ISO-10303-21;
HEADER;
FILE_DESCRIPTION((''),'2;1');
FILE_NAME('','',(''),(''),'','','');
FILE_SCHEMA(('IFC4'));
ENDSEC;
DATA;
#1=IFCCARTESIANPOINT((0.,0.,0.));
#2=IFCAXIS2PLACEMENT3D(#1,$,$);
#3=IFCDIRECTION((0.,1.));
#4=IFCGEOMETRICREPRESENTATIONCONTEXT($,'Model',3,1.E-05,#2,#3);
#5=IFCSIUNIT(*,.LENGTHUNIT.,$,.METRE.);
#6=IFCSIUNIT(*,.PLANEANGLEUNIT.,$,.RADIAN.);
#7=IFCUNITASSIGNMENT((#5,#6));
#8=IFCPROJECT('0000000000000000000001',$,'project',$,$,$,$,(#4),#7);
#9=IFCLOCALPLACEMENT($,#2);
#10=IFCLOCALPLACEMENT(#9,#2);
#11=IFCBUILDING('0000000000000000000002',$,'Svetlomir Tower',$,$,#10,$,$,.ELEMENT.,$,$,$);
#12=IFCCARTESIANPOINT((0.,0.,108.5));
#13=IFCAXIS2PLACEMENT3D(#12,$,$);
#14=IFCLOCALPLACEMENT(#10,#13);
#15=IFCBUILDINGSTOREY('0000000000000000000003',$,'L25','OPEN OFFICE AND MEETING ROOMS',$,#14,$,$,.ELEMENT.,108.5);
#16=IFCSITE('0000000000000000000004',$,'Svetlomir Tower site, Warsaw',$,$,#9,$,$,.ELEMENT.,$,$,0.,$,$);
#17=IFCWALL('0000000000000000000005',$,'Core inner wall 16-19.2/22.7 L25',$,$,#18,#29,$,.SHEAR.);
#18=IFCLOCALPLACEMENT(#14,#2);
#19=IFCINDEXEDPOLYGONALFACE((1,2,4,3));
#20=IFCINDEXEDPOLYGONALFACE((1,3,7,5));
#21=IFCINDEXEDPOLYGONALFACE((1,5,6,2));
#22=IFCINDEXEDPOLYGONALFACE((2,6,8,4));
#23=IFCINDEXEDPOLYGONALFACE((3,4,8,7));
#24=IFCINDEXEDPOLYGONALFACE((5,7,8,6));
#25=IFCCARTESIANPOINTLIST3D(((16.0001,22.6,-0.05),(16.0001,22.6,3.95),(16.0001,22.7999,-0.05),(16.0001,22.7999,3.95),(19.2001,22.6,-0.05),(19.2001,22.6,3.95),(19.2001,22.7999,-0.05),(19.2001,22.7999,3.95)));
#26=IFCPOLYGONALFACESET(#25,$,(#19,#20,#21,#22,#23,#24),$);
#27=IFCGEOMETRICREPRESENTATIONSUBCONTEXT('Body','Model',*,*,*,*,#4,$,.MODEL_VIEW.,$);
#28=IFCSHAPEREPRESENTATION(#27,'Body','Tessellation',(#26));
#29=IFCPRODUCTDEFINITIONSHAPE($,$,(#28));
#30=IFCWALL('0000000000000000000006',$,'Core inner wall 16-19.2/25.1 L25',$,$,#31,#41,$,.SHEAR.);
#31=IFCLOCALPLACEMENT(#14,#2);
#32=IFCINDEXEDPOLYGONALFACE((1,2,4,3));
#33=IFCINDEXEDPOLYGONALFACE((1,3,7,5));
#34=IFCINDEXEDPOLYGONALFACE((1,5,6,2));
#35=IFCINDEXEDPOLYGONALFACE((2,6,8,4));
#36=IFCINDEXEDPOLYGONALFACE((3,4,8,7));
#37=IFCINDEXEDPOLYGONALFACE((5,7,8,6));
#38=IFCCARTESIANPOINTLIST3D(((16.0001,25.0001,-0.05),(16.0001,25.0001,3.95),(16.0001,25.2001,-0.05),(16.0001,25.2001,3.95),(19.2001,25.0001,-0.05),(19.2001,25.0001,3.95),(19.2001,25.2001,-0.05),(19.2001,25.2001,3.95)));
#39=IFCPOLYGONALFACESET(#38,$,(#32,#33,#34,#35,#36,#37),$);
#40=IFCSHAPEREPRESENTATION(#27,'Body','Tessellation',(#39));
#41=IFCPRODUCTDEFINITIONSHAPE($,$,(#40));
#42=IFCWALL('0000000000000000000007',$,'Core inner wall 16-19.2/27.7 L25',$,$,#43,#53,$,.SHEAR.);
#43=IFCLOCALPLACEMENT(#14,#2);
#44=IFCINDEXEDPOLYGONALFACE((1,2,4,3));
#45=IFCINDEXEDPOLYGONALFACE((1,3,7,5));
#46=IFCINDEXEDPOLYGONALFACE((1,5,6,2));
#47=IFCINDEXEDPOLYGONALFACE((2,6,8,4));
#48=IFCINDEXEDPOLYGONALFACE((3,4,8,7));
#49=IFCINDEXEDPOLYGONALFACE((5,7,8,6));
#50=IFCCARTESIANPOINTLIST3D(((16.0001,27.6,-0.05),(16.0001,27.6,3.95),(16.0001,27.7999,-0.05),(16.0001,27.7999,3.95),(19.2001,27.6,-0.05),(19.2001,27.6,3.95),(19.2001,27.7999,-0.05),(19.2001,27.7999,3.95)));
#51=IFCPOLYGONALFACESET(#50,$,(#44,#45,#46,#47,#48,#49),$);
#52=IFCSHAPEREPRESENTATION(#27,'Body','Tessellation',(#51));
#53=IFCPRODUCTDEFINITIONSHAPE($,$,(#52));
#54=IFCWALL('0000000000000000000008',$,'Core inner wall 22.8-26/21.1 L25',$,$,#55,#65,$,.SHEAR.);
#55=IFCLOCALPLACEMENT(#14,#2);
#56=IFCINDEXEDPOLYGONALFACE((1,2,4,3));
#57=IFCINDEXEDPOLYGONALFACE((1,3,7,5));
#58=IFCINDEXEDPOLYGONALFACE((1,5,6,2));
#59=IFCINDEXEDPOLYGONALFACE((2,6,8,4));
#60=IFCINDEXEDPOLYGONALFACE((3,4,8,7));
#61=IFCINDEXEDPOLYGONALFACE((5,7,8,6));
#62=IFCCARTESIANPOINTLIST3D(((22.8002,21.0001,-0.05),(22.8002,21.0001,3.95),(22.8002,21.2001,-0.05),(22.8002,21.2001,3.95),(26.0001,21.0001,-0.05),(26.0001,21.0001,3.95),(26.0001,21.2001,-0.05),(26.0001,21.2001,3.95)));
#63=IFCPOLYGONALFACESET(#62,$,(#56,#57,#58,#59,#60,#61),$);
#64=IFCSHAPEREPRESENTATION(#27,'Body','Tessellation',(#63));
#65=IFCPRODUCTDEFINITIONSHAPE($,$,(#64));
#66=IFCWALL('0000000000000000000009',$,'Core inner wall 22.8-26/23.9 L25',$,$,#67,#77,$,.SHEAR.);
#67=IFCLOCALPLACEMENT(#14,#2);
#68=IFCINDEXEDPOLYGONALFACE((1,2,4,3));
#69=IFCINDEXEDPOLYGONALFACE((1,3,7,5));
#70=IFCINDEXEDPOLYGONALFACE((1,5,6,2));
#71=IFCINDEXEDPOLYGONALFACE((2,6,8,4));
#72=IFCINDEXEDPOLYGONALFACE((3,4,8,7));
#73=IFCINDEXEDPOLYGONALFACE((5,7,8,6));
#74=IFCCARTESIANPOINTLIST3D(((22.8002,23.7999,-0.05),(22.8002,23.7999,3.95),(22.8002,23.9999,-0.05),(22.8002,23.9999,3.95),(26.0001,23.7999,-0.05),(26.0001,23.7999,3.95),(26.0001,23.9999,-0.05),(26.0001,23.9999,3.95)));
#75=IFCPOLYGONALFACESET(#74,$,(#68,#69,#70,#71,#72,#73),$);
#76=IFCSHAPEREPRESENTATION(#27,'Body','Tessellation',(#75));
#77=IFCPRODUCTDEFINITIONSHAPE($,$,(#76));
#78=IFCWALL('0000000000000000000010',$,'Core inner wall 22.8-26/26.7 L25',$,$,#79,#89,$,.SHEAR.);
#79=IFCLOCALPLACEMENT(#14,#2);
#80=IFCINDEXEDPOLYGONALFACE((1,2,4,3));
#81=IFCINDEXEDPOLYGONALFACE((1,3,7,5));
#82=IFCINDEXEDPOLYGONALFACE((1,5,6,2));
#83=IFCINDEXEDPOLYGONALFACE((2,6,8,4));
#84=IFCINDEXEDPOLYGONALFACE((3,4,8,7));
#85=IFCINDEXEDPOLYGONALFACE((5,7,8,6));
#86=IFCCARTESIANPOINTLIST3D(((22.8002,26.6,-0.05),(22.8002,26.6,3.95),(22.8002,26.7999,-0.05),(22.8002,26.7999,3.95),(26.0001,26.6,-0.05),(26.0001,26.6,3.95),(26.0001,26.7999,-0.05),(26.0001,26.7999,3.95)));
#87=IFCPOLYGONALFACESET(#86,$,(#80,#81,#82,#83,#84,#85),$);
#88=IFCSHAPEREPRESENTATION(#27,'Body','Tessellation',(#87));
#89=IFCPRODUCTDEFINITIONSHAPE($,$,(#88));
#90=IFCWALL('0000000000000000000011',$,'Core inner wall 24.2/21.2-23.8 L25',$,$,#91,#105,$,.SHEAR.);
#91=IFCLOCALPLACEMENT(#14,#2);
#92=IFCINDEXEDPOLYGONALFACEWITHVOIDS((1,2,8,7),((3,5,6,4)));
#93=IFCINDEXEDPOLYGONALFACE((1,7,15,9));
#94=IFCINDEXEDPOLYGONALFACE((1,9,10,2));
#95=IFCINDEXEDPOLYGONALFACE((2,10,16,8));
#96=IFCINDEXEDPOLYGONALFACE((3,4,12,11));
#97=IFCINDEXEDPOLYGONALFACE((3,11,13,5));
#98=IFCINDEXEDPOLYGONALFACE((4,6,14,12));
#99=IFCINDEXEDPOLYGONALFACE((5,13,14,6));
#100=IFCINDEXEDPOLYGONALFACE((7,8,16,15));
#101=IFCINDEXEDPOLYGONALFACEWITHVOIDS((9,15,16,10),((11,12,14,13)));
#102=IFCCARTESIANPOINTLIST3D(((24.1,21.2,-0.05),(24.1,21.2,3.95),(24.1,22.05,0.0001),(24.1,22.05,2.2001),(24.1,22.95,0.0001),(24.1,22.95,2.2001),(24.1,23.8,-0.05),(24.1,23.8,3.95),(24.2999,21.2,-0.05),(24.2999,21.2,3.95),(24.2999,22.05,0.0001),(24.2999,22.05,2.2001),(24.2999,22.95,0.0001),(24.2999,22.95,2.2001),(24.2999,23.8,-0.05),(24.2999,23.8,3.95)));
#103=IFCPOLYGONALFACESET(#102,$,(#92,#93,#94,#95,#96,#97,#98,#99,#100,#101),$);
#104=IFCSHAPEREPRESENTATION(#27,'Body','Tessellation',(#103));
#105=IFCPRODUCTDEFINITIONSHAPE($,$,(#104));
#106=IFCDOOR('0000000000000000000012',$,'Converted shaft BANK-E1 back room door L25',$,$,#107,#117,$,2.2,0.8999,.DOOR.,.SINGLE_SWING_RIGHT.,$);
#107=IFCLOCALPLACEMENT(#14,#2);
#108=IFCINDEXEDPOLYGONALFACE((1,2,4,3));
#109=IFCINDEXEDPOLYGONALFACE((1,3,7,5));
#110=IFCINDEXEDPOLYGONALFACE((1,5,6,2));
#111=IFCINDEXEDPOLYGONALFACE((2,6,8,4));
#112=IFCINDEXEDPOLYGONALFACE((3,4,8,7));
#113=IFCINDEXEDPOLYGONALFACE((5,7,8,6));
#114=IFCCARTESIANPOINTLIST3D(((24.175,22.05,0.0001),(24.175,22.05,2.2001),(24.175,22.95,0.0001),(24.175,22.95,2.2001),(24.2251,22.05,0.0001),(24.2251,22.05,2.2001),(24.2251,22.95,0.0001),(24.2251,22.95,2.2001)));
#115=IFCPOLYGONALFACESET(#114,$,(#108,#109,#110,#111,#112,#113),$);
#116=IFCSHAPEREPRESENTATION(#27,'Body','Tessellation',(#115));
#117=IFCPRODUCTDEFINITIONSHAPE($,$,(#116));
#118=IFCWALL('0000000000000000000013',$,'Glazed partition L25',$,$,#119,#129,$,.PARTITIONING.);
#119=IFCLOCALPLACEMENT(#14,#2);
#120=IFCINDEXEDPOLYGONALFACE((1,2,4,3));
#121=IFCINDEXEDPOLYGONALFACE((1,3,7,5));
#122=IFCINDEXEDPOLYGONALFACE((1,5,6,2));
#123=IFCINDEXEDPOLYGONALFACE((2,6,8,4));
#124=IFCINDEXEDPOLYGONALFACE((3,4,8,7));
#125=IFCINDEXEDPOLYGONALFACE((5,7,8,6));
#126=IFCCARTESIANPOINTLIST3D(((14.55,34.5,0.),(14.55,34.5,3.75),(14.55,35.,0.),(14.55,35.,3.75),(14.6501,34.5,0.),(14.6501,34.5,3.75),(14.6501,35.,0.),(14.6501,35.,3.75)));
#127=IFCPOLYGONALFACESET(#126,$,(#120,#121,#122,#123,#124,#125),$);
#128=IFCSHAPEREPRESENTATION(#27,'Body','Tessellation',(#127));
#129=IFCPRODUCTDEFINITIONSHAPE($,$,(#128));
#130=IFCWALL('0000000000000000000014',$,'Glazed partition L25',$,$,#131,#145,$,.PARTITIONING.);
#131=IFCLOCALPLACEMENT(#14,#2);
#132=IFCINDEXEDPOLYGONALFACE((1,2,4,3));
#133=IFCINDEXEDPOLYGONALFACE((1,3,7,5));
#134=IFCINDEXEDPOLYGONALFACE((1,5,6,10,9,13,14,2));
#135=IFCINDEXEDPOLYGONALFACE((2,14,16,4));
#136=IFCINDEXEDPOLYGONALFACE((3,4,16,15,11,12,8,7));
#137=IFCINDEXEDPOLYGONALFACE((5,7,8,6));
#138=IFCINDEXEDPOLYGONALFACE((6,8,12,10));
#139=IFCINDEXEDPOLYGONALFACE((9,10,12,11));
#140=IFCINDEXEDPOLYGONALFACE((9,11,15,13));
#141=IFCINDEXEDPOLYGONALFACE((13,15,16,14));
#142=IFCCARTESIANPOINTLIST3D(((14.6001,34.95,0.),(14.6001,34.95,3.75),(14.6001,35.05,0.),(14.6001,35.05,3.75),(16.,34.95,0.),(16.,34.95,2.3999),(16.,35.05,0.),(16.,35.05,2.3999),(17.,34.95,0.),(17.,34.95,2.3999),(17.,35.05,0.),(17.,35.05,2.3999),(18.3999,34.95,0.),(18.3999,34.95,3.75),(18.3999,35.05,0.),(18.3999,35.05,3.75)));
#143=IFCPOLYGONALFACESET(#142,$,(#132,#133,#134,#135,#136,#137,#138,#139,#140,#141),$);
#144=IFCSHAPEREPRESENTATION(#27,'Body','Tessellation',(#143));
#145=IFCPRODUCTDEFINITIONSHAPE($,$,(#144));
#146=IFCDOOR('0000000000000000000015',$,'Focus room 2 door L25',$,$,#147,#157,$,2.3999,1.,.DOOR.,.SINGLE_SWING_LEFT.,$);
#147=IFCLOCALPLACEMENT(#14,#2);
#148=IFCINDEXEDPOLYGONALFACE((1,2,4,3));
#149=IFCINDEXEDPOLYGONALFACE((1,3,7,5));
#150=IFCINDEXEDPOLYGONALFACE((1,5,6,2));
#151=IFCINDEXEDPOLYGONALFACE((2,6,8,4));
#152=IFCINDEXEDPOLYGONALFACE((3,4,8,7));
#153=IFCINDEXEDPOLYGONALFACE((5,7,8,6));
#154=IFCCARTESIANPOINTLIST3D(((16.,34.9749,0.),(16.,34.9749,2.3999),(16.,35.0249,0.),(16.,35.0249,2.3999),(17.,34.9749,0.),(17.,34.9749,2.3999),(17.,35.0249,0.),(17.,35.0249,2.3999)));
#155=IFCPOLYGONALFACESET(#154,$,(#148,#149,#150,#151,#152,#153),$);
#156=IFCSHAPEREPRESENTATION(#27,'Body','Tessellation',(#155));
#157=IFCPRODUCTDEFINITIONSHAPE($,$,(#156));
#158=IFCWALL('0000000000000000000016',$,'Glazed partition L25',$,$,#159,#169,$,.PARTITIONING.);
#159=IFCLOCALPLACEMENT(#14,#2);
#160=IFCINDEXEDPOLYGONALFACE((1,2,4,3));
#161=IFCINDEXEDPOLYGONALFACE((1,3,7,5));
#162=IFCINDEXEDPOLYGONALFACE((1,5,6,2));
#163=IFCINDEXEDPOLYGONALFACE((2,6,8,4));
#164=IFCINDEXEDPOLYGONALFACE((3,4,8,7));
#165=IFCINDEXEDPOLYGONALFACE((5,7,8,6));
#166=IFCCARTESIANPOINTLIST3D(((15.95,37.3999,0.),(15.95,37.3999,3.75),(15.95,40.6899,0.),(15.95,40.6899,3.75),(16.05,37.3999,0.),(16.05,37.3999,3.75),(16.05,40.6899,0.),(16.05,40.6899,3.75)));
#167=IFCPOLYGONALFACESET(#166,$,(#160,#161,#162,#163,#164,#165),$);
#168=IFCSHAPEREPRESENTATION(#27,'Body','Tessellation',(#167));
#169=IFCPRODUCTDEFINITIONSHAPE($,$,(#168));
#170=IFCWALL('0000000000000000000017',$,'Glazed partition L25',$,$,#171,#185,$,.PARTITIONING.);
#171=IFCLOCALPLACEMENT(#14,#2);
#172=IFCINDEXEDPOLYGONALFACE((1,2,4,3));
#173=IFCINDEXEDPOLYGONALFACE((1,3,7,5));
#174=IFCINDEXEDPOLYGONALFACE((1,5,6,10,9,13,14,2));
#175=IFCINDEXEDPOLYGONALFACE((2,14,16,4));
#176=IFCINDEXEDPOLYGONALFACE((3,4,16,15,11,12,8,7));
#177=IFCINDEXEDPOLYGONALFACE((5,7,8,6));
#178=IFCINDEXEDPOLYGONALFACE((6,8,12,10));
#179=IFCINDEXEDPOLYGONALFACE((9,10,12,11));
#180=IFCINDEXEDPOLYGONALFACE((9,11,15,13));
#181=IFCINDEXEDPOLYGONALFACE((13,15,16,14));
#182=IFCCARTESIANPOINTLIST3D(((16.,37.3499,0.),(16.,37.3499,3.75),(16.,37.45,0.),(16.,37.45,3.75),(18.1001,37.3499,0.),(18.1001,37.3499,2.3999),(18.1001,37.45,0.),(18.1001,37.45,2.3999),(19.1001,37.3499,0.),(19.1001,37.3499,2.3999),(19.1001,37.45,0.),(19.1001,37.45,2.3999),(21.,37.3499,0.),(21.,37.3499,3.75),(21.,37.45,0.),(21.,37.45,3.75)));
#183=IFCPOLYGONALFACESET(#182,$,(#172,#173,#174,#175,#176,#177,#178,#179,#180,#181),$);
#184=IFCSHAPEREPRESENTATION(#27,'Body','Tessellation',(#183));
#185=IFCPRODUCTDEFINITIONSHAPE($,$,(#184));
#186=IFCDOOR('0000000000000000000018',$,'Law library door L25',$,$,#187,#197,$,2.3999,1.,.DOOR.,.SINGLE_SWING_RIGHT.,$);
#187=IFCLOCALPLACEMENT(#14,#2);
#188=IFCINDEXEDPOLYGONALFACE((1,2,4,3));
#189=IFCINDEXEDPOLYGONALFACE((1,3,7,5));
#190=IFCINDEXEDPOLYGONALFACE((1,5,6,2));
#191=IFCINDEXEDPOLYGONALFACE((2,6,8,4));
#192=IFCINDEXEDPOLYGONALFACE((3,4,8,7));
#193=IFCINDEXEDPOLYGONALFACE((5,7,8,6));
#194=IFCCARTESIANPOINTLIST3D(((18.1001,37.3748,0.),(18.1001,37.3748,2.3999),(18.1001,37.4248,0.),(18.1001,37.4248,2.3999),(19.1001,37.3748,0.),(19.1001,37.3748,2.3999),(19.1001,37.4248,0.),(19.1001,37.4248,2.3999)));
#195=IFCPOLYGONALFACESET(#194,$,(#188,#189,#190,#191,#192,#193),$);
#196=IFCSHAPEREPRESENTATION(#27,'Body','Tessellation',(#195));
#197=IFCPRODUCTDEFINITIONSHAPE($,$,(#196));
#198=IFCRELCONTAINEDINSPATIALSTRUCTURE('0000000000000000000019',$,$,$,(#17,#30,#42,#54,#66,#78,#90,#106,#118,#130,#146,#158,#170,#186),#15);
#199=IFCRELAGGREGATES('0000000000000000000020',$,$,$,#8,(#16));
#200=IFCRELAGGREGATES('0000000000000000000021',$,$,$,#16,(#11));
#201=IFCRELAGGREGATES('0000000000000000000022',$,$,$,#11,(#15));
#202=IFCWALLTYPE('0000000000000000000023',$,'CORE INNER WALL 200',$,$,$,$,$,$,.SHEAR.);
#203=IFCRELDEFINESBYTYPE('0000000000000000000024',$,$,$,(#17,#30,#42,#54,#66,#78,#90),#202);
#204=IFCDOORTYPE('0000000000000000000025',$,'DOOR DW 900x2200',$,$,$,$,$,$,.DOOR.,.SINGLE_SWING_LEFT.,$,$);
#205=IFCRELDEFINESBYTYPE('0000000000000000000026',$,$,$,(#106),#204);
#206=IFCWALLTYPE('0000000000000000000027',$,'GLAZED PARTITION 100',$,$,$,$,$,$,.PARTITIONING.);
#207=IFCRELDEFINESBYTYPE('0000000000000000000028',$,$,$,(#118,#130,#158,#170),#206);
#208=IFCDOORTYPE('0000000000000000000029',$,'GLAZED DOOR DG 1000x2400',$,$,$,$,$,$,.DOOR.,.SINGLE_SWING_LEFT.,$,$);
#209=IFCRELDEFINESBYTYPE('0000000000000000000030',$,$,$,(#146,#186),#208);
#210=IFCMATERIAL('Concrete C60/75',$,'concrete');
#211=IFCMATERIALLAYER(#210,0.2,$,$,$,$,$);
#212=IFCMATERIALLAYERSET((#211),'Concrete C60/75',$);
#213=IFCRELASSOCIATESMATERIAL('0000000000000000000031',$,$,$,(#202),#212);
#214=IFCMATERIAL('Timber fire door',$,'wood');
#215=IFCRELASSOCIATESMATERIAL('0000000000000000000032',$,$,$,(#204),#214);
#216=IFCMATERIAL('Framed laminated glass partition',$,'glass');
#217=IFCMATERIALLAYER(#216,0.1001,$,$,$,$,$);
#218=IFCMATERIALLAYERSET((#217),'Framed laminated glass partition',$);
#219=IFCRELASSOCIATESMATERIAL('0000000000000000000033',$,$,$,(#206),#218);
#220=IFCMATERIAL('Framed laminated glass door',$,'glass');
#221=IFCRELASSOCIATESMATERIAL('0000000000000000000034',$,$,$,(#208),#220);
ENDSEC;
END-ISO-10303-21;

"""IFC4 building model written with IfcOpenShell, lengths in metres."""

from ifc_helpers import new_model, si_unit, direction, frame, frame_2d, origin, place, context, subcontext, project, spatial, rectangle, extrude, material, layer, layer_set, type_object, element, fill, save


model = new_model("IFC4")

# Units and contexts
model_context = context("Model", 3, precision=1e-05, world=origin(), true_north=direction((0.0, 1.0)))
body_context = subcontext(model_context, "Body", "Model", "MODEL_VIEW")
ifc_project = project(units=[si_unit("LENGTHUNIT", "METRE"), si_unit("PLANEANGLEUNIT", "RADIAN")], contexts=[model_context])

# Site, building, storey
site_placement = place(None, origin())
site = spatial("IfcSite", under=ifc_project, at=site_placement, Name="Svetlomir Tower site, Warsaw", CompositionType="ELEMENT", RefElevation=0.0)
building_placement = place(site_placement, origin())
building = spatial("IfcBuilding", under=site, at=building_placement, Name="Svetlomir Tower", CompositionType="ELEMENT")
storey_placement = place(building_placement, frame((0.0, 0.0, 108.5)))
storey = spatial("IfcBuildingStorey", under=building, at=storey_placement, Name="L25", Description="OPEN OFFICE AND MEETING ROOMS", CompositionType="ELEMENT", Elevation=108.5)

# Walls
ifc_material_1 = material(Name="Concrete C60/75", Category="concrete")
ifc_layer_1 = layer(ifc_material_1, 0.2)
ifc_layer_set_1 = layer_set([ifc_layer_1], Name="Concrete C60/75")
wall_type_1 = type_object("IfcWallType", Name="CORE INNER WALL 200", PredefinedType="SHEAR", material=ifc_layer_set_1)
for number, where, z_axis, x_axis, name in (
    (1, (16.0, 22.7, -0.05), (0.0, 0.0, 1.0), (1.0, 0.0, 0.0), "Core inner wall 16-19.2/22.7 L25"),
    (2, (16.0, 25.1001, -0.05), (0.0, 0.0, 1.0), (1.0, 0.0, 0.0), "Core inner wall 16-19.2/25.1 L25"),
    (3, (16.0, 27.7, -0.05), (0.0, 0.0, 1.0), (1.0, 0.0, 0.0), "Core inner wall 16-19.2/27.7 L25"),
    (4, (22.8, 21.1001, -0.05), (0.0, 0.0, 1.0), (1.0, 0.0, 0.0), "Core inner wall 22.8-26/21.1 L25"),
    (5, (22.8, 23.8999, -0.05), (0.0, 0.0, 1.0), (1.0, 0.0, 0.0), "Core inner wall 22.8-26/23.9 L25"),
    (6, (22.8, 26.7, -0.05), (0.0, 0.0, 1.0), (1.0, 0.0, 0.0), "Core inner wall 22.8-26/26.7 L25"),
):
    element("IfcWall", number, at=place(storey_placement, frame(where, z_axis=z_axis, x_axis=x_axis)), inside=storey, type_object=wall_type_1, Name=name, PredefinedType="SHEAR", context=body_context, shape_type="SweptSolid", body=[
        extrude(rectangle(XDim=3.2, YDim=0.2, at=frame_2d((1.6001, 0.0))), origin(), (0.0, 0.0, 1.0), 4.0),
    ])

# Wall, opening, door
wall_1_placement = place(storey_placement, frame((24.2, 21.2, -0.05), z_axis=(0.0, 0.0, 1.0), x_axis=(0.0, 1.0, 0.0)))
wall_1 = element("IfcWall", 7, at=wall_1_placement, inside=storey, type_object=wall_type_1, Name="Core inner wall 24.2/21.2-23.8 L25", PredefinedType="SHEAR", context=body_context, shape_type="SweptSolid", body=[
    extrude(rectangle(XDim=2.6001, YDim=0.2, at=frame_2d((1.3, 0.0))), origin(), (0.0, 0.0, 1.0), 4.0),
])
opening_1_placement = place(wall_1_placement, frame((0.8501, 0.0, 0.05)))
opening_1 = element("IfcOpeningElement", 8, at=opening_1_placement, cuts=wall_1, PredefinedType="OPENING", context=body_context, shape_type="SweptSolid", body=[
    extrude(rectangle(XDim=0.8999, YDim=2.2, at=frame_2d((0.45, 1.1001))), frame((0.0, 0.1099, 0.0), z_axis=(0.0, -1.0, 0.0), x_axis=(1.0, 0.0, 0.0)), (0.0, 0.0, 1.0), 0.22),
])
ifc_material_2 = material(Name="Timber fire door", Category="wood")
door_type_1 = type_object("IfcDoorType", Name="DOOR DW 900x2200", OperationType="SINGLE_SWING_LEFT", PredefinedType="DOOR", material=ifc_material_2)
door_1_placement = place(opening_1_placement, origin())
door_1 = element("IfcDoor", 9, at=door_1_placement, inside=storey, type_object=door_type_1, Name="Converted shaft BANK-E1 back room door L25", OperationType="SINGLE_SWING_RIGHT", OverallHeight=2.2, OverallWidth=0.8999, PredefinedType="DOOR", context=body_context, shape_type="SweptSolid", body=[
    extrude(rectangle(XDim=0.8999, YDim=2.2, at=frame_2d((0.45, 1.1001))), frame((0.0, 0.0249, 0.0), z_axis=(0.0, -1.0, 0.0), x_axis=(1.0, 0.0, 0.0)), (0.0, 0.0, 1.0), 0.05),
])
fill(opening_1, door_1)

# Wall
ifc_material_3 = material(Name="Framed laminated glass partition", Category="glass")
ifc_layer_2 = layer(ifc_material_3, 0.1001)
ifc_layer_set_2 = layer_set([ifc_layer_2], Name="Framed laminated glass partition")
wall_type_2 = type_object("IfcWallType", Name="GLAZED PARTITION 100", PredefinedType="PARTITIONING", material=ifc_layer_set_2)
wall_2_placement = place(storey_placement, frame((14.6001, 34.5, 0.0), z_axis=(0.0, 0.0, 1.0), x_axis=(0.0, 1.0, 0.0)))
element("IfcWall", 10, at=wall_2_placement, inside=storey, type_object=wall_type_2, Name="Glazed partition L25", PredefinedType="PARTITIONING", context=body_context, shape_type="SweptSolid", body=[
    extrude(rectangle(XDim=0.5, YDim=0.1001, at=frame_2d((0.25, 0.0))), origin(), (0.0, 0.0, 1.0), 3.75),
])

# Wall, opening, door
wall_3_placement = place(storey_placement, frame((14.6001, 35.0, 0.0), z_axis=(0.0, 0.0, 1.0), x_axis=(1.0, 0.0, 0.0)))
wall_3 = element("IfcWall", 11, at=wall_3_placement, inside=storey, type_object=wall_type_2, Name="Glazed partition L25", PredefinedType="PARTITIONING", context=body_context, shape_type="SweptSolid", body=[
    extrude(rectangle(XDim=3.7998, YDim=0.1001, at=frame_2d((1.8999, 0.0))), origin(), (0.0, 0.0, 1.0), 3.75),
])
opening_2_placement = place(wall_3_placement, frame((1.3999, 0.0, 0.0)))
opening_2 = element("IfcOpeningElement", 12, at=opening_2_placement, cuts=wall_3, PredefinedType="OPENING", context=body_context, shape_type="SweptSolid", body=[
    extrude(rectangle(XDim=1.0, YDim=2.3999, at=frame_2d((0.5, 1.2))), frame((0.0, 0.0601, 0.0), z_axis=(0.0, -1.0, 0.0), x_axis=(1.0, 0.0, 0.0)), (0.0, 0.0, 1.0), 0.1201),
])
ifc_material_4 = material(Name="Framed laminated glass door", Category="glass")
door_type_2 = type_object("IfcDoorType", Name="GLAZED DOOR DG 1000x2400", OperationType="SINGLE_SWING_LEFT", PredefinedType="DOOR", material=ifc_material_4)
door_2_placement = place(opening_2_placement, origin())
door_2 = element("IfcDoor", 13, at=door_2_placement, inside=storey, type_object=door_type_2, Name="Focus room 2 door L25", OperationType="SINGLE_SWING_LEFT", OverallHeight=2.3999, OverallWidth=1.0, PredefinedType="DOOR", context=body_context, shape_type="SweptSolid", body=[
    extrude(rectangle(XDim=1.0, YDim=2.3999, at=frame_2d((0.5, 1.2))), frame((0.0, 0.0249, 0.0), z_axis=(0.0, -1.0, 0.0), x_axis=(1.0, 0.0, 0.0)), (0.0, 0.0, 1.0), 0.05),
])
fill(opening_2, door_2)

# Wall
wall_4_placement = place(storey_placement, frame((16.0, 37.3999, 0.0), z_axis=(0.0, 0.0, 1.0), x_axis=(0.0, 1.0, 0.0)))
element("IfcWall", 14, at=wall_4_placement, inside=storey, type_object=wall_type_2, Name="Glazed partition L25", PredefinedType="PARTITIONING", context=body_context, shape_type="SweptSolid", body=[
    extrude(rectangle(XDim=3.29, YDim=0.1001, at=frame_2d((1.645, 0.0))), origin(), (0.0, 0.0, 1.0), 3.75),
])

# Wall, opening, door
wall_5_placement = place(storey_placement, frame((16.0, 37.3999, 0.0), z_axis=(0.0, 0.0, 1.0), x_axis=(1.0, 0.0, 0.0)))
wall_5 = element("IfcWall", 15, at=wall_5_placement, inside=storey, type_object=wall_type_2, Name="Glazed partition L25", PredefinedType="PARTITIONING", context=body_context, shape_type="SweptSolid", body=[
    extrude(rectangle(XDim=5.0, YDim=0.1001, at=frame_2d((2.5, 0.0))), origin(), (0.0, 0.0, 1.0), 3.75),
])
opening_3_placement = place(wall_5_placement, frame((2.1001, 0.0, 0.0)))
opening_3 = element("IfcOpeningElement", 16, at=opening_3_placement, cuts=wall_5, PredefinedType="OPENING", context=body_context, shape_type="SweptSolid", body=[
    extrude(rectangle(XDim=1.0, YDim=2.3999, at=frame_2d((0.5, 1.2))), frame((0.0, 0.0601, 0.0), z_axis=(0.0, -1.0, 0.0), x_axis=(1.0, 0.0, 0.0)), (0.0, 0.0, 1.0), 0.1201),
])
door_3_placement = place(opening_3_placement, origin())
door_3 = element("IfcDoor", 17, at=door_3_placement, inside=storey, type_object=door_type_2, Name="Law library door L25", OperationType="SINGLE_SWING_RIGHT", OverallHeight=2.3999, OverallWidth=1.0, PredefinedType="DOOR", context=body_context, shape_type="SweptSolid", body=[
    extrude(rectangle(XDim=1.0, YDim=2.3999, at=frame_2d((0.5, 1.2))), frame((0.0, 0.0249, 0.0), z_axis=(0.0, -1.0, 0.0), x_axis=(1.0, 0.0, 0.0)), (0.0, 0.0, 1.0), 0.05),
])
fill(opening_3, door_3)

save(model, "model.ifc")
